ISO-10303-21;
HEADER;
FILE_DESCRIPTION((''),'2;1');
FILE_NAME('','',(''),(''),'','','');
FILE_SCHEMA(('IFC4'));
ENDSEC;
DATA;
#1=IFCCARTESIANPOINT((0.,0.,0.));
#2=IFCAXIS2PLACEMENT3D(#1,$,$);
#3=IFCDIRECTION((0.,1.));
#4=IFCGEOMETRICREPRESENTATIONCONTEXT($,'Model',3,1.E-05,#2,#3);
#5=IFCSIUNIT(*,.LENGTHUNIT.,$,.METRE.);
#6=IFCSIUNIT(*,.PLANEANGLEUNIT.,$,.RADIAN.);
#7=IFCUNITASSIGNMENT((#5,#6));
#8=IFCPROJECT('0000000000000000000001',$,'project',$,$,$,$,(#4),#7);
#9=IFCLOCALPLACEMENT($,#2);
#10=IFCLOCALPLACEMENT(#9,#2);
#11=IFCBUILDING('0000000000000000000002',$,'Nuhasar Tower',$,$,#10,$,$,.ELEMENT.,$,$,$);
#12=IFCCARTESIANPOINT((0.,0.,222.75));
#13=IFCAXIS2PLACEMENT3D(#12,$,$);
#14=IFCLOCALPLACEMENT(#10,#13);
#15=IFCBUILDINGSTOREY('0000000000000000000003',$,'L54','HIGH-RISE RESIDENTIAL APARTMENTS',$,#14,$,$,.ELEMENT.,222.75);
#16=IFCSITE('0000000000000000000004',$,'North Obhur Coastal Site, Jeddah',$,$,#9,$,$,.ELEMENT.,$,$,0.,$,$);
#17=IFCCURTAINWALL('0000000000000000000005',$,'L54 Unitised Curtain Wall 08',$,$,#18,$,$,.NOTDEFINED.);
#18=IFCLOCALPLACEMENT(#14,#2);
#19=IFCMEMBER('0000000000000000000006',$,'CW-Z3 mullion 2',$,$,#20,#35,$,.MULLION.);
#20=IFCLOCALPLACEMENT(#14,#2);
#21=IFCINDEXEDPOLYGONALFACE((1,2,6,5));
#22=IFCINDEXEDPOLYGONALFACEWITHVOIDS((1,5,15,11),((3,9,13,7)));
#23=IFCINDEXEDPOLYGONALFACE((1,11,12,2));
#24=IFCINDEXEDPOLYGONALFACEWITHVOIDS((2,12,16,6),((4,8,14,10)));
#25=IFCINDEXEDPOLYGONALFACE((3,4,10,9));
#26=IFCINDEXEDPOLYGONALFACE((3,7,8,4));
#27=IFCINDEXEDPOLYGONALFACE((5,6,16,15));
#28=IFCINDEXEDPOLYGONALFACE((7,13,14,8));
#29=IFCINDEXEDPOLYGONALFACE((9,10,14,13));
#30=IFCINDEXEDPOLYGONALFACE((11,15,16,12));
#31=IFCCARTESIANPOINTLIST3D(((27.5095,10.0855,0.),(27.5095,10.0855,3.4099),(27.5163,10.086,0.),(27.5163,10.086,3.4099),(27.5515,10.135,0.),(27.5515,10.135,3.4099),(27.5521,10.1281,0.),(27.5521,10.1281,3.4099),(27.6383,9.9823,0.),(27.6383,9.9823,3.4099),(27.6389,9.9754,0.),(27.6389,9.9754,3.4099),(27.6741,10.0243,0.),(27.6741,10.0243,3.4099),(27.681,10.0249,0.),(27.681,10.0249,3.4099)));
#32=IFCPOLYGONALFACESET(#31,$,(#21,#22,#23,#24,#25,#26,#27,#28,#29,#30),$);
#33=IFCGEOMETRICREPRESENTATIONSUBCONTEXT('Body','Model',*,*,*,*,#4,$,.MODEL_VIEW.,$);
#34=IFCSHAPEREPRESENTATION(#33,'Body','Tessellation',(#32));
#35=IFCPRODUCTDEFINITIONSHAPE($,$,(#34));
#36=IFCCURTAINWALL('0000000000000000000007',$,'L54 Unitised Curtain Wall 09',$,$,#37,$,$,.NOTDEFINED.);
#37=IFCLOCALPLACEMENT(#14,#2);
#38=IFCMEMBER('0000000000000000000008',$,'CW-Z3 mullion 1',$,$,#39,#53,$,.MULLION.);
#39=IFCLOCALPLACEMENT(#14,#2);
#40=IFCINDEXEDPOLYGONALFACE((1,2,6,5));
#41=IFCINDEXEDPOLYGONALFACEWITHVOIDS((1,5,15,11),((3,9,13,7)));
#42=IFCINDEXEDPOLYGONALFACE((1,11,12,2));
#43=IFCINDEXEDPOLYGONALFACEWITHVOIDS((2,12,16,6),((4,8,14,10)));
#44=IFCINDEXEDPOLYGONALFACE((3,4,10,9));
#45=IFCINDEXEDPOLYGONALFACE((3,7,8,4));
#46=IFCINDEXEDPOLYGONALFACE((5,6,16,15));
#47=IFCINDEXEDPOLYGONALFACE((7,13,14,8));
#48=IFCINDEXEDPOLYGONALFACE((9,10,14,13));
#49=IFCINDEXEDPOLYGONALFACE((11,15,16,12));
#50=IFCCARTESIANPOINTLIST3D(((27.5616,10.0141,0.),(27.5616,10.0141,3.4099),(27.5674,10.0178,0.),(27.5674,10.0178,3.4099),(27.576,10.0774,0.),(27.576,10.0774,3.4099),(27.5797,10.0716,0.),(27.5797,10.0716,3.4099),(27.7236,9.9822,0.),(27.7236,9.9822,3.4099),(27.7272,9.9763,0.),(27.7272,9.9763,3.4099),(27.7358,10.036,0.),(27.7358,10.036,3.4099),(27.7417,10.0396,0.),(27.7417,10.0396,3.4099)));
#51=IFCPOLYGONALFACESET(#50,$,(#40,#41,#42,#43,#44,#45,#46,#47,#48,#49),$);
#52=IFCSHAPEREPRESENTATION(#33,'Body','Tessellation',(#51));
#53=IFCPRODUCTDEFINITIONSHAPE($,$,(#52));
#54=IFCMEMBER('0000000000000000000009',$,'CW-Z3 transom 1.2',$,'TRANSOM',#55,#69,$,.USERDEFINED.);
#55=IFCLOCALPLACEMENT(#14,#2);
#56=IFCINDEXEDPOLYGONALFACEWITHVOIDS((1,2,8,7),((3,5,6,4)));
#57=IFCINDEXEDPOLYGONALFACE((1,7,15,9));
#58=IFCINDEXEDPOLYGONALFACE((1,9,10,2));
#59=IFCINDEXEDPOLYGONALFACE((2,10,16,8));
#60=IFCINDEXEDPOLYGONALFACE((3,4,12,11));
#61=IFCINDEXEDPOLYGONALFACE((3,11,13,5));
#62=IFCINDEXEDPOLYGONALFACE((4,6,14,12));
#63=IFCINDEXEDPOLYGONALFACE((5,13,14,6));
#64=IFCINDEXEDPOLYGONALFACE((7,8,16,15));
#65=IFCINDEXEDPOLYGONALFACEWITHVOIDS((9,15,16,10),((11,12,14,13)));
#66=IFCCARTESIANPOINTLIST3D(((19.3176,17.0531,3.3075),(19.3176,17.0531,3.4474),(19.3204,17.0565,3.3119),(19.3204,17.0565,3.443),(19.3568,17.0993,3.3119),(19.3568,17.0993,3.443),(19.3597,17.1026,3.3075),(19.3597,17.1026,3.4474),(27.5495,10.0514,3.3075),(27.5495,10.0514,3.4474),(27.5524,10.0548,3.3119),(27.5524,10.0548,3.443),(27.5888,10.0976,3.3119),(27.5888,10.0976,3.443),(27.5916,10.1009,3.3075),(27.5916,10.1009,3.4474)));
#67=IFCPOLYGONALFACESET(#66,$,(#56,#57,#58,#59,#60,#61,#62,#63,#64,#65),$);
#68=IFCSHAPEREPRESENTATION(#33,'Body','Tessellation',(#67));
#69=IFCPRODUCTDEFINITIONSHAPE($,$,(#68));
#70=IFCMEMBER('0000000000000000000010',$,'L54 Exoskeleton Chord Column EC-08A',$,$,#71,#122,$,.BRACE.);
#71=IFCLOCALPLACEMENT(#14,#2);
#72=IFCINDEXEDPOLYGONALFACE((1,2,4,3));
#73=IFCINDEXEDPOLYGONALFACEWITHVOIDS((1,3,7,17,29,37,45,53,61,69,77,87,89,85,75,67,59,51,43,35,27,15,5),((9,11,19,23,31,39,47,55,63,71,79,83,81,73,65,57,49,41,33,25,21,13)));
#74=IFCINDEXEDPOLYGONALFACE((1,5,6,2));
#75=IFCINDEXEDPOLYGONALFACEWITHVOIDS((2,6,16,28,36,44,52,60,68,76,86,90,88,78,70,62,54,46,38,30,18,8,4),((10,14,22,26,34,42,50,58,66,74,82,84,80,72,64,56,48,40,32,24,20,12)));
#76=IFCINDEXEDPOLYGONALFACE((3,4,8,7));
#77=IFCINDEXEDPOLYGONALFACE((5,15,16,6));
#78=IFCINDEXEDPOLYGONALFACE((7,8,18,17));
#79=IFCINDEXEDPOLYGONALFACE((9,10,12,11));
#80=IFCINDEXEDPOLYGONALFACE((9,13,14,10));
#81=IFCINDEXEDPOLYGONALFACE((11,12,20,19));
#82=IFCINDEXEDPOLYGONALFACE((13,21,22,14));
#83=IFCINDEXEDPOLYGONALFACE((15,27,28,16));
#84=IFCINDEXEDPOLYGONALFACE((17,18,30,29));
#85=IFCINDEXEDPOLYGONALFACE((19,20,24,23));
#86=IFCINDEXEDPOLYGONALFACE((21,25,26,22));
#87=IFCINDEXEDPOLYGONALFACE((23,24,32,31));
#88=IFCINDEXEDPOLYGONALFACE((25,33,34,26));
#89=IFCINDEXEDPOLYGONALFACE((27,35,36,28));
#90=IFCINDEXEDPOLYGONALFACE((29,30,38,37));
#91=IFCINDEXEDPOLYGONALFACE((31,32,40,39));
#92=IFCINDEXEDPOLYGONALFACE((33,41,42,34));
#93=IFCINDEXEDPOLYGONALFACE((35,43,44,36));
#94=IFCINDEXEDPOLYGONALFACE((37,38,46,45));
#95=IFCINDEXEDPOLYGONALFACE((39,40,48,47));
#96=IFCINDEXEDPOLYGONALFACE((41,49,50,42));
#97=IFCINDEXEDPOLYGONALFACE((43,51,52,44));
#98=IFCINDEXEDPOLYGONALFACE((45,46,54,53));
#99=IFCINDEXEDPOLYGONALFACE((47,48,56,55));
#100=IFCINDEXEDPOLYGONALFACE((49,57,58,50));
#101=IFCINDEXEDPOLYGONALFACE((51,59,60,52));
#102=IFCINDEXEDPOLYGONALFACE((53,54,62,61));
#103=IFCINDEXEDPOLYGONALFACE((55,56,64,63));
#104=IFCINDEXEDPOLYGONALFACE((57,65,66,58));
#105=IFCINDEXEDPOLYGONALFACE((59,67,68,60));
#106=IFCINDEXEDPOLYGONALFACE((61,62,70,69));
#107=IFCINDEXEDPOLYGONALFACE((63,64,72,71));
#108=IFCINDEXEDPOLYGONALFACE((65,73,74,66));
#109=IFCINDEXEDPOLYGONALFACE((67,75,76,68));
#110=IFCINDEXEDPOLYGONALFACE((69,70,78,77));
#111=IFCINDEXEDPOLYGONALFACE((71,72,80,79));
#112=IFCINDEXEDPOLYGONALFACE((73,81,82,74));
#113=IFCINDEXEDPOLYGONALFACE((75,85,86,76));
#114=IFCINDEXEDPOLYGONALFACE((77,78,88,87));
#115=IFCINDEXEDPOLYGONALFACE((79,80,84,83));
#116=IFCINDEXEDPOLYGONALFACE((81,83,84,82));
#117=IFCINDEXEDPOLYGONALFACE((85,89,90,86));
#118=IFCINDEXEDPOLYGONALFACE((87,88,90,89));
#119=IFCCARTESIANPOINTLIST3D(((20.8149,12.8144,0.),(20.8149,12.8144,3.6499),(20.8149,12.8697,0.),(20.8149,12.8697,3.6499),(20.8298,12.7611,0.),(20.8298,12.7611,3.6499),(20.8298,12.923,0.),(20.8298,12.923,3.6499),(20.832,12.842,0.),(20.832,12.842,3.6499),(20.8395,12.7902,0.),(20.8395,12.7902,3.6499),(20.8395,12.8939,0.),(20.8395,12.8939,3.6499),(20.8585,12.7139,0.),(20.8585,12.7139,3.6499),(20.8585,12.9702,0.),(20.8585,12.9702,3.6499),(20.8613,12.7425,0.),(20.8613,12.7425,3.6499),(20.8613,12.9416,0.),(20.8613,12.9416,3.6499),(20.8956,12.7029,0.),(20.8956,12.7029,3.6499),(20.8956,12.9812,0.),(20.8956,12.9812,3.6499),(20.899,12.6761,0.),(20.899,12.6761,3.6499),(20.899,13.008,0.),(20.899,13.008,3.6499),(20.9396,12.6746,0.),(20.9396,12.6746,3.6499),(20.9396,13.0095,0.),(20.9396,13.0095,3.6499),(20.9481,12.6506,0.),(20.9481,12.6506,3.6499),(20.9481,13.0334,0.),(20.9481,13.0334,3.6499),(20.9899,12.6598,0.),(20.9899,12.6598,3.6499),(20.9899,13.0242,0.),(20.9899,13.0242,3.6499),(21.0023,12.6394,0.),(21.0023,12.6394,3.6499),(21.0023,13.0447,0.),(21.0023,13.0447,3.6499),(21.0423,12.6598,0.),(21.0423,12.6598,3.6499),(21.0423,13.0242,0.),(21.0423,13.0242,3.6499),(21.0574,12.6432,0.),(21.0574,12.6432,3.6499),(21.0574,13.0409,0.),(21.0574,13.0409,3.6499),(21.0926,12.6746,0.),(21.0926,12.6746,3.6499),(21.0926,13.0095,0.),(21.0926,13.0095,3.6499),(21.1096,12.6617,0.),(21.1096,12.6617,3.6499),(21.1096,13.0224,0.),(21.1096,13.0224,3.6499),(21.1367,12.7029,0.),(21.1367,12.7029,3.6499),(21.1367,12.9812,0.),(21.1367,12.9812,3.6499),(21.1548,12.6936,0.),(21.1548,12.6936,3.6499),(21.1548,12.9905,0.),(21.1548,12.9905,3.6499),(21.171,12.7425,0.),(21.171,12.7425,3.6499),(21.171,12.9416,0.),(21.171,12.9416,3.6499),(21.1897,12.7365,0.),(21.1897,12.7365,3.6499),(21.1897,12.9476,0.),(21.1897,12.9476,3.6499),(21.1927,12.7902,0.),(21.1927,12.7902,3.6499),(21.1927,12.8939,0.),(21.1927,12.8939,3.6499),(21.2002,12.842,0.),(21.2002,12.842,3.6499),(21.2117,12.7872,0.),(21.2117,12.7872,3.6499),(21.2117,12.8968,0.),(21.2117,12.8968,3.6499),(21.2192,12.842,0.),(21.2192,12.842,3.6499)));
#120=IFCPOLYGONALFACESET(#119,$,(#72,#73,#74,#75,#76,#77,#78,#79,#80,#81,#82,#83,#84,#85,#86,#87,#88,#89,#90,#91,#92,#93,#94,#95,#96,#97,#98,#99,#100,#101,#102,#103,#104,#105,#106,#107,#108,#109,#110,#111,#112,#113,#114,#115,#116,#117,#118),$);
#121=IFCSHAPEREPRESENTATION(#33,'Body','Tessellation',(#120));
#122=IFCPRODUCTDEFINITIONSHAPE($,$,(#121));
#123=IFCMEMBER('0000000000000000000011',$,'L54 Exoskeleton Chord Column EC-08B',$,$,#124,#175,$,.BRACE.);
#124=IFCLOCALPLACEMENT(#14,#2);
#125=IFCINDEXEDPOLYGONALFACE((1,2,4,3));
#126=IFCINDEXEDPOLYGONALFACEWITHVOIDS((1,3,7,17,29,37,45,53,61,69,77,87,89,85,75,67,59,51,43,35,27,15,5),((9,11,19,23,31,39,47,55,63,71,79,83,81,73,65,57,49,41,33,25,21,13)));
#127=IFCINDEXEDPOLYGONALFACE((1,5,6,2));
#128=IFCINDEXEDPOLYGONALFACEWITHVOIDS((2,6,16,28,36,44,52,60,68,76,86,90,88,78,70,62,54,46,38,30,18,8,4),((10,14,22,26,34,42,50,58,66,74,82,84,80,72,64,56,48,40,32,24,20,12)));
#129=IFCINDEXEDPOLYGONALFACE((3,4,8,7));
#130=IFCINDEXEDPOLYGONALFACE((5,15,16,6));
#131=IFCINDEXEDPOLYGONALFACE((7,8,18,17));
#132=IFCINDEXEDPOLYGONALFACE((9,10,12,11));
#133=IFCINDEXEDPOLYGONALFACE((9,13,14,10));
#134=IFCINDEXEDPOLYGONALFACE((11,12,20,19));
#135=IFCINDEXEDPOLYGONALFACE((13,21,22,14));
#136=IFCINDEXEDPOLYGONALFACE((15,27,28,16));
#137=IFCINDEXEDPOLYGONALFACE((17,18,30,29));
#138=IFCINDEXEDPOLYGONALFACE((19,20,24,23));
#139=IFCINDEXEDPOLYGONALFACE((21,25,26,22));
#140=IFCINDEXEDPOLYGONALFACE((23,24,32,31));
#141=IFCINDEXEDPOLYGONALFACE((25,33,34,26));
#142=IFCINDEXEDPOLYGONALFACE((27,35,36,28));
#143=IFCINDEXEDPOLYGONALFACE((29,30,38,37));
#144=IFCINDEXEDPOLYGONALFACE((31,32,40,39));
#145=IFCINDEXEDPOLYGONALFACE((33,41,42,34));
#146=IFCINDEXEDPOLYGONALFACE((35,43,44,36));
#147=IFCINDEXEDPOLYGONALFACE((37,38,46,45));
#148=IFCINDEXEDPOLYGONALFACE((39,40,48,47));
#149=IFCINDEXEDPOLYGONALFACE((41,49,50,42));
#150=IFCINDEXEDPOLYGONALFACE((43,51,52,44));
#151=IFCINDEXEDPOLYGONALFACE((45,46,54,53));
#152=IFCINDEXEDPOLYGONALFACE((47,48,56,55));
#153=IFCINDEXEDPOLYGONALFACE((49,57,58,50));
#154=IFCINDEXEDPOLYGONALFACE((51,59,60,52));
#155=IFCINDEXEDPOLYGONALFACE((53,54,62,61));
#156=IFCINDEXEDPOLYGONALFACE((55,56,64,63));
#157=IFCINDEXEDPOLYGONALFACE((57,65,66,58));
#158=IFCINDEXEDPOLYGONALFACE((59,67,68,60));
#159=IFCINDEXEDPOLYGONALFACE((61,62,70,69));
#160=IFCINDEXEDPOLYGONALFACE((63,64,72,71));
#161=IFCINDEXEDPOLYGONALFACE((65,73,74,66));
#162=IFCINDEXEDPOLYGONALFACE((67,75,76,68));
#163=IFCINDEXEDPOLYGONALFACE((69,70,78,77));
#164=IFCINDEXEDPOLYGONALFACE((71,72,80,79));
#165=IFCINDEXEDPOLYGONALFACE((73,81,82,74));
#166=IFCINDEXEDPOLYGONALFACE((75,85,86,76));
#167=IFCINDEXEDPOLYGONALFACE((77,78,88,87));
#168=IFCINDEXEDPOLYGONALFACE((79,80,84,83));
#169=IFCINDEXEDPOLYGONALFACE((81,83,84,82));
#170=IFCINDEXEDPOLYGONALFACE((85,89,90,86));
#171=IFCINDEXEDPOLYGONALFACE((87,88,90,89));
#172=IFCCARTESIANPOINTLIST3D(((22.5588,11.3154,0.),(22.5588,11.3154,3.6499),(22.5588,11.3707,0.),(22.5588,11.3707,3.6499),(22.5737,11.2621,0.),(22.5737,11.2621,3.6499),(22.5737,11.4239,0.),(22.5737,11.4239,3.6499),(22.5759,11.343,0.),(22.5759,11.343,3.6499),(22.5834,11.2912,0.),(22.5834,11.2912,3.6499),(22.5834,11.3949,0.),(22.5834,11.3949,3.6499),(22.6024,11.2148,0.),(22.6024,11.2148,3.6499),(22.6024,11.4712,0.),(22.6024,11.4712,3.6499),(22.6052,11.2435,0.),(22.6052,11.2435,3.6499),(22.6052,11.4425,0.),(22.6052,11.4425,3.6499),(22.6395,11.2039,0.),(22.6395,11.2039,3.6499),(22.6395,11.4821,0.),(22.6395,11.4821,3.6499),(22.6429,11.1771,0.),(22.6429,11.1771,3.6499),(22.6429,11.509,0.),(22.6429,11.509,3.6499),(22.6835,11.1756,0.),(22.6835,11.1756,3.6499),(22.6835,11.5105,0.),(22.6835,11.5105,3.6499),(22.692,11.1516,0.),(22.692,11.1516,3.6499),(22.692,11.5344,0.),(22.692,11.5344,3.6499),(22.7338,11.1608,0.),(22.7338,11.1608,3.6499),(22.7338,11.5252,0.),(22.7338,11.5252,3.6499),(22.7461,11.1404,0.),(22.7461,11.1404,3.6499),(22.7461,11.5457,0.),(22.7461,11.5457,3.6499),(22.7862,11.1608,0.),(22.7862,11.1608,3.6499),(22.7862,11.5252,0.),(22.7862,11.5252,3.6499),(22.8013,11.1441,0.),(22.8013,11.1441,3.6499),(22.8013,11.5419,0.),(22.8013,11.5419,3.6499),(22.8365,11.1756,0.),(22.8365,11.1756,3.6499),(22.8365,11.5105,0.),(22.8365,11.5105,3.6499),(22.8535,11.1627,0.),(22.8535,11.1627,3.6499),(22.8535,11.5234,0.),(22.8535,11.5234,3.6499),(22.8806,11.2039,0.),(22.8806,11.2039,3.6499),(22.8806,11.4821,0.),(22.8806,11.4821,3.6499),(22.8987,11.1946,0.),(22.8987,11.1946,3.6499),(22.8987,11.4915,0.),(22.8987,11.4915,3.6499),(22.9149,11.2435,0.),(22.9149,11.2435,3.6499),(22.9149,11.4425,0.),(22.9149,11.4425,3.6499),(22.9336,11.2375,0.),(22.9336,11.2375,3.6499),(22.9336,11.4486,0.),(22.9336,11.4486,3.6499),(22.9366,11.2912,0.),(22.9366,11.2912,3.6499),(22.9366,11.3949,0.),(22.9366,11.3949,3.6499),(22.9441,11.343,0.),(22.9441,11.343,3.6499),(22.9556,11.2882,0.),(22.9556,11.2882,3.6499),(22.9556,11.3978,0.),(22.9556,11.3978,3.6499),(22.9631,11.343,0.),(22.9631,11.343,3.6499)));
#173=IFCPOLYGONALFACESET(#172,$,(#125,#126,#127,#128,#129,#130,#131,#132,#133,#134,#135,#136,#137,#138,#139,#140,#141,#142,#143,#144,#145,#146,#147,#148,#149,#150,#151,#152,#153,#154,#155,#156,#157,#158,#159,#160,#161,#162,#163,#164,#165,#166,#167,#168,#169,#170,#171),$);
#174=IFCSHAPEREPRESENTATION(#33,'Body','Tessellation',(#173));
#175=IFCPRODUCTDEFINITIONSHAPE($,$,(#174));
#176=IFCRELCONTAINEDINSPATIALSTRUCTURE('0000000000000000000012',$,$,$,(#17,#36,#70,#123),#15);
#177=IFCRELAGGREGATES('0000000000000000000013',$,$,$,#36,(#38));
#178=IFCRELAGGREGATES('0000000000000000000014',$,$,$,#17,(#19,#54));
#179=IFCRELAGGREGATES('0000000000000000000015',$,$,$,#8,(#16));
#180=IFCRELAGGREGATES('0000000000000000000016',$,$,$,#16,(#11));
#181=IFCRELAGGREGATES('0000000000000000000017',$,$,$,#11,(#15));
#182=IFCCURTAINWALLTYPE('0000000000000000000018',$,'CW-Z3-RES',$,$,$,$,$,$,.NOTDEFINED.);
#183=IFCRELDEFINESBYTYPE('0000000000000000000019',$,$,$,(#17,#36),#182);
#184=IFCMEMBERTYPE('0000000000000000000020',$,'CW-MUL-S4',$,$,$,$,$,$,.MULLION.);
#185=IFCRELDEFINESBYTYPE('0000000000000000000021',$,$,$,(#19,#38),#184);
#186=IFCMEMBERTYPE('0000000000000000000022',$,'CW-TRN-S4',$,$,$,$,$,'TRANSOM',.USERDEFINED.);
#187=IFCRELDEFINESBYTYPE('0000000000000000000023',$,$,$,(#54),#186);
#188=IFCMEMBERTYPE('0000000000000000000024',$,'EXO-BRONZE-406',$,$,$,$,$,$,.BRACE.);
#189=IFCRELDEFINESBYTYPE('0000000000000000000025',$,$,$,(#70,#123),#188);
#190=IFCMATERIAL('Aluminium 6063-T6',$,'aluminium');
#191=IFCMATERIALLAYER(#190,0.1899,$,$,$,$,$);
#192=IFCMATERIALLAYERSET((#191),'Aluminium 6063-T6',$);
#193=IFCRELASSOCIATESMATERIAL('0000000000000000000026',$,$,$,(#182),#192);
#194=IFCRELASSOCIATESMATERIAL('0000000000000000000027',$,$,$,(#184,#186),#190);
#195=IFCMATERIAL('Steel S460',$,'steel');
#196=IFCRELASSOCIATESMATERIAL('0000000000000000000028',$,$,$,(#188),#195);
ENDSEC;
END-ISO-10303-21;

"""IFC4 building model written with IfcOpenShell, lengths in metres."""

from ifc_helpers import new_model, si_unit, direction, frame, origin, origin_2d, place, context, subcontext, project, spatial, hollow_rectangle, hollow_circle, extrude, material, layer, layer_set, material_profile, profile_set, type_object, element, aggregate, save


model = new_model("IFC4")

# Units and contexts
model_context = context("Model", 3, precision=1e-05, world=origin(), true_north=direction((0.0, 1.0)))
body_context = subcontext(model_context, "Body", "Model", "MODEL_VIEW")
ifc_project = project(units=[si_unit("LENGTHUNIT", "METRE"), si_unit("PLANEANGLEUNIT", "RADIAN")], contexts=[model_context])

# Site, building, storey
site_placement = place(None, origin())
site = spatial("IfcSite", under=ifc_project, at=site_placement, Name="North Obhur Coastal Site, Jeddah", CompositionType="ELEMENT", RefElevation=0.0)
building_placement = place(site_placement, origin())
building = spatial("IfcBuilding", under=site, at=building_placement, Name="Nuhasar Tower", CompositionType="ELEMENT")
storey_placement = place(building_placement, frame((0.0, 0.0, 222.75)))
storey = spatial("IfcBuildingStorey", under=building, at=storey_placement, Name="L54", Description="HIGH-RISE RESIDENTIAL APARTMENTS", CompositionType="ELEMENT", Elevation=222.75)

# Curtain walls, members
ifc_material_1 = material(Name="Aluminium 6063-T6", Category="aluminium")
ifc_layer_1 = layer(ifc_material_1, 0.1899)
ifc_layer_set_1 = layer_set([ifc_layer_1], Name="Aluminium 6063-T6")
curtain_wall_type = type_object("IfcCurtainWallType", Name="CW-Z3-RES", PredefinedType="NOTDEFINED", material=ifc_layer_set_1)
curtain_wall_1_placement = place(storey_placement, origin())
curtain_wall_1 = element("IfcCurtainWall", 1, at=curtain_wall_1_placement, inside=storey, type_object=curtain_wall_type, Name="L54 Unitised Curtain Wall 08", PredefinedType="NOTDEFINED")
ifc_material_profile_1 = material_profile(ifc_material_1, hollow_rectangle(XDim=0.0649, YDim=0.1699, WallThickness=0.0049, at=origin_2d()), Name="CWM-4")
ifc_profile_set_1 = profile_set([ifc_material_profile_1], Name="Aluminium 6063-T6")
member_type_1 = type_object("IfcMemberType", Name="CW-MUL-S4", PredefinedType="MULLION", material=ifc_profile_set_1)
member_1_placement = place(storey_placement, frame((27.5952, 10.0552, 0.0), z_axis=(0.0, 0.0, 1.0), x_axis=(0.647895, 0.761729, 0.0)))
member_1 = element("IfcMember", 2, at=member_1_placement, type_object=member_type_1, Name="CW-Z3 mullion 2", PredefinedType="MULLION", context=body_context, shape_type="SweptSolid", body=[
    extrude(hollow_rectangle(XDim=0.0649, YDim=0.1699, WallThickness=0.0049, at=origin_2d()), origin(), (0.0, 0.0, 1.0), 3.4099),
])
curtain_wall_2_placement = place(storey_placement, origin())
curtain_wall_2 = element("IfcCurtainWall", 3, at=curtain_wall_2_placement, inside=storey, type_object=curtain_wall_type, Name="L54 Unitised Curtain Wall 09", PredefinedType="NOTDEFINED")
member_2_placement = place(storey_placement, frame((27.6516, 10.0269, 0.0), z_axis=(0.0, 0.0, 1.0), x_axis=(0.222243, 0.974991, 0.0)))
member_2 = element("IfcMember", 4, at=member_2_placement, type_object=member_type_1, Name="CW-Z3 mullion 1", PredefinedType="MULLION", context=body_context, shape_type="SweptSolid", body=[
    extrude(hollow_rectangle(XDim=0.0649, YDim=0.1699, WallThickness=0.0049, at=origin_2d()), origin(), (0.0, 0.0, 1.0), 3.4099),
])
aggregate(curtain_wall_2, [member_2])

# Member
ifc_material_profile_2 = material_profile(ifc_material_1, hollow_rectangle(XDim=0.0649, YDim=0.1399, WallThickness=0.0044, at=origin_2d()), Name="CWT-4")
ifc_profile_set_2 = profile_set([ifc_material_profile_2], Name="Aluminium 6063-T6")
member_type_2 = type_object("IfcMemberType", Name="CW-TRN-S4", ElementType="TRANSOM", PredefinedType="USERDEFINED", material=ifc_profile_set_2)
member_3_placement = place(storey_placement, frame((19.3386, 17.0779, 3.3774), z_axis=(0.761731, -0.647894, 0.0), x_axis=(0.647894, 0.761731, 0.0)))
member_3 = element("IfcMember", 5, at=member_3_placement, type_object=member_type_2, Name="CW-Z3 transom 1.2", ObjectType="TRANSOM", PredefinedType="USERDEFINED", context=body_context, shape_type="SweptSolid", body=[
    extrude(hollow_rectangle(XDim=0.0649, YDim=0.1399, WallThickness=0.0044, at=origin_2d()), origin(), (0.0, 0.0, 1.0), 10.8069),
])

# Members
ifc_material_2 = material(Name="Steel S460", Category="steel")
ifc_material_profile_3 = material_profile(ifc_material_2, hollow_circle(Radius=0.2031, WallThickness=0.019, at=origin_2d()), Name="HSS406.4X19.1")
ifc_profile_set_3 = profile_set([ifc_material_profile_3], Name="Steel S460")
member_type_3 = type_object("IfcMemberType", Name="EXO-BRONZE-406", PredefinedType="BRACE", material=ifc_profile_set_3)
for number, where, z_axis, x_axis, name in (
    (6, (21.0161, 12.842, 0.0), (0.0, 0.0, 1.0), (1.0, 0.0, 0.0), "L54 Exoskeleton Chord Column EC-08A"),
    (7, (22.76, 11.343, 0.0), (0.0, 0.0, 1.0), (1.0, 0.0, 0.0), "L54 Exoskeleton Chord Column EC-08B"),
):
    element("IfcMember", number, at=place(storey_placement, frame(where, z_axis=z_axis, x_axis=x_axis)), inside=storey, type_object=member_type_3, Name=name, PredefinedType="BRACE", context=body_context, shape_type="SweptSolid", body=[
        extrude(hollow_circle(Radius=0.2031, WallThickness=0.019, at=origin_2d()), origin(), (0.0, 0.0, 1.0), 3.6499),
    ])

aggregate(curtain_wall_1, [member_1, member_3])

save(model, "model.ifc")
